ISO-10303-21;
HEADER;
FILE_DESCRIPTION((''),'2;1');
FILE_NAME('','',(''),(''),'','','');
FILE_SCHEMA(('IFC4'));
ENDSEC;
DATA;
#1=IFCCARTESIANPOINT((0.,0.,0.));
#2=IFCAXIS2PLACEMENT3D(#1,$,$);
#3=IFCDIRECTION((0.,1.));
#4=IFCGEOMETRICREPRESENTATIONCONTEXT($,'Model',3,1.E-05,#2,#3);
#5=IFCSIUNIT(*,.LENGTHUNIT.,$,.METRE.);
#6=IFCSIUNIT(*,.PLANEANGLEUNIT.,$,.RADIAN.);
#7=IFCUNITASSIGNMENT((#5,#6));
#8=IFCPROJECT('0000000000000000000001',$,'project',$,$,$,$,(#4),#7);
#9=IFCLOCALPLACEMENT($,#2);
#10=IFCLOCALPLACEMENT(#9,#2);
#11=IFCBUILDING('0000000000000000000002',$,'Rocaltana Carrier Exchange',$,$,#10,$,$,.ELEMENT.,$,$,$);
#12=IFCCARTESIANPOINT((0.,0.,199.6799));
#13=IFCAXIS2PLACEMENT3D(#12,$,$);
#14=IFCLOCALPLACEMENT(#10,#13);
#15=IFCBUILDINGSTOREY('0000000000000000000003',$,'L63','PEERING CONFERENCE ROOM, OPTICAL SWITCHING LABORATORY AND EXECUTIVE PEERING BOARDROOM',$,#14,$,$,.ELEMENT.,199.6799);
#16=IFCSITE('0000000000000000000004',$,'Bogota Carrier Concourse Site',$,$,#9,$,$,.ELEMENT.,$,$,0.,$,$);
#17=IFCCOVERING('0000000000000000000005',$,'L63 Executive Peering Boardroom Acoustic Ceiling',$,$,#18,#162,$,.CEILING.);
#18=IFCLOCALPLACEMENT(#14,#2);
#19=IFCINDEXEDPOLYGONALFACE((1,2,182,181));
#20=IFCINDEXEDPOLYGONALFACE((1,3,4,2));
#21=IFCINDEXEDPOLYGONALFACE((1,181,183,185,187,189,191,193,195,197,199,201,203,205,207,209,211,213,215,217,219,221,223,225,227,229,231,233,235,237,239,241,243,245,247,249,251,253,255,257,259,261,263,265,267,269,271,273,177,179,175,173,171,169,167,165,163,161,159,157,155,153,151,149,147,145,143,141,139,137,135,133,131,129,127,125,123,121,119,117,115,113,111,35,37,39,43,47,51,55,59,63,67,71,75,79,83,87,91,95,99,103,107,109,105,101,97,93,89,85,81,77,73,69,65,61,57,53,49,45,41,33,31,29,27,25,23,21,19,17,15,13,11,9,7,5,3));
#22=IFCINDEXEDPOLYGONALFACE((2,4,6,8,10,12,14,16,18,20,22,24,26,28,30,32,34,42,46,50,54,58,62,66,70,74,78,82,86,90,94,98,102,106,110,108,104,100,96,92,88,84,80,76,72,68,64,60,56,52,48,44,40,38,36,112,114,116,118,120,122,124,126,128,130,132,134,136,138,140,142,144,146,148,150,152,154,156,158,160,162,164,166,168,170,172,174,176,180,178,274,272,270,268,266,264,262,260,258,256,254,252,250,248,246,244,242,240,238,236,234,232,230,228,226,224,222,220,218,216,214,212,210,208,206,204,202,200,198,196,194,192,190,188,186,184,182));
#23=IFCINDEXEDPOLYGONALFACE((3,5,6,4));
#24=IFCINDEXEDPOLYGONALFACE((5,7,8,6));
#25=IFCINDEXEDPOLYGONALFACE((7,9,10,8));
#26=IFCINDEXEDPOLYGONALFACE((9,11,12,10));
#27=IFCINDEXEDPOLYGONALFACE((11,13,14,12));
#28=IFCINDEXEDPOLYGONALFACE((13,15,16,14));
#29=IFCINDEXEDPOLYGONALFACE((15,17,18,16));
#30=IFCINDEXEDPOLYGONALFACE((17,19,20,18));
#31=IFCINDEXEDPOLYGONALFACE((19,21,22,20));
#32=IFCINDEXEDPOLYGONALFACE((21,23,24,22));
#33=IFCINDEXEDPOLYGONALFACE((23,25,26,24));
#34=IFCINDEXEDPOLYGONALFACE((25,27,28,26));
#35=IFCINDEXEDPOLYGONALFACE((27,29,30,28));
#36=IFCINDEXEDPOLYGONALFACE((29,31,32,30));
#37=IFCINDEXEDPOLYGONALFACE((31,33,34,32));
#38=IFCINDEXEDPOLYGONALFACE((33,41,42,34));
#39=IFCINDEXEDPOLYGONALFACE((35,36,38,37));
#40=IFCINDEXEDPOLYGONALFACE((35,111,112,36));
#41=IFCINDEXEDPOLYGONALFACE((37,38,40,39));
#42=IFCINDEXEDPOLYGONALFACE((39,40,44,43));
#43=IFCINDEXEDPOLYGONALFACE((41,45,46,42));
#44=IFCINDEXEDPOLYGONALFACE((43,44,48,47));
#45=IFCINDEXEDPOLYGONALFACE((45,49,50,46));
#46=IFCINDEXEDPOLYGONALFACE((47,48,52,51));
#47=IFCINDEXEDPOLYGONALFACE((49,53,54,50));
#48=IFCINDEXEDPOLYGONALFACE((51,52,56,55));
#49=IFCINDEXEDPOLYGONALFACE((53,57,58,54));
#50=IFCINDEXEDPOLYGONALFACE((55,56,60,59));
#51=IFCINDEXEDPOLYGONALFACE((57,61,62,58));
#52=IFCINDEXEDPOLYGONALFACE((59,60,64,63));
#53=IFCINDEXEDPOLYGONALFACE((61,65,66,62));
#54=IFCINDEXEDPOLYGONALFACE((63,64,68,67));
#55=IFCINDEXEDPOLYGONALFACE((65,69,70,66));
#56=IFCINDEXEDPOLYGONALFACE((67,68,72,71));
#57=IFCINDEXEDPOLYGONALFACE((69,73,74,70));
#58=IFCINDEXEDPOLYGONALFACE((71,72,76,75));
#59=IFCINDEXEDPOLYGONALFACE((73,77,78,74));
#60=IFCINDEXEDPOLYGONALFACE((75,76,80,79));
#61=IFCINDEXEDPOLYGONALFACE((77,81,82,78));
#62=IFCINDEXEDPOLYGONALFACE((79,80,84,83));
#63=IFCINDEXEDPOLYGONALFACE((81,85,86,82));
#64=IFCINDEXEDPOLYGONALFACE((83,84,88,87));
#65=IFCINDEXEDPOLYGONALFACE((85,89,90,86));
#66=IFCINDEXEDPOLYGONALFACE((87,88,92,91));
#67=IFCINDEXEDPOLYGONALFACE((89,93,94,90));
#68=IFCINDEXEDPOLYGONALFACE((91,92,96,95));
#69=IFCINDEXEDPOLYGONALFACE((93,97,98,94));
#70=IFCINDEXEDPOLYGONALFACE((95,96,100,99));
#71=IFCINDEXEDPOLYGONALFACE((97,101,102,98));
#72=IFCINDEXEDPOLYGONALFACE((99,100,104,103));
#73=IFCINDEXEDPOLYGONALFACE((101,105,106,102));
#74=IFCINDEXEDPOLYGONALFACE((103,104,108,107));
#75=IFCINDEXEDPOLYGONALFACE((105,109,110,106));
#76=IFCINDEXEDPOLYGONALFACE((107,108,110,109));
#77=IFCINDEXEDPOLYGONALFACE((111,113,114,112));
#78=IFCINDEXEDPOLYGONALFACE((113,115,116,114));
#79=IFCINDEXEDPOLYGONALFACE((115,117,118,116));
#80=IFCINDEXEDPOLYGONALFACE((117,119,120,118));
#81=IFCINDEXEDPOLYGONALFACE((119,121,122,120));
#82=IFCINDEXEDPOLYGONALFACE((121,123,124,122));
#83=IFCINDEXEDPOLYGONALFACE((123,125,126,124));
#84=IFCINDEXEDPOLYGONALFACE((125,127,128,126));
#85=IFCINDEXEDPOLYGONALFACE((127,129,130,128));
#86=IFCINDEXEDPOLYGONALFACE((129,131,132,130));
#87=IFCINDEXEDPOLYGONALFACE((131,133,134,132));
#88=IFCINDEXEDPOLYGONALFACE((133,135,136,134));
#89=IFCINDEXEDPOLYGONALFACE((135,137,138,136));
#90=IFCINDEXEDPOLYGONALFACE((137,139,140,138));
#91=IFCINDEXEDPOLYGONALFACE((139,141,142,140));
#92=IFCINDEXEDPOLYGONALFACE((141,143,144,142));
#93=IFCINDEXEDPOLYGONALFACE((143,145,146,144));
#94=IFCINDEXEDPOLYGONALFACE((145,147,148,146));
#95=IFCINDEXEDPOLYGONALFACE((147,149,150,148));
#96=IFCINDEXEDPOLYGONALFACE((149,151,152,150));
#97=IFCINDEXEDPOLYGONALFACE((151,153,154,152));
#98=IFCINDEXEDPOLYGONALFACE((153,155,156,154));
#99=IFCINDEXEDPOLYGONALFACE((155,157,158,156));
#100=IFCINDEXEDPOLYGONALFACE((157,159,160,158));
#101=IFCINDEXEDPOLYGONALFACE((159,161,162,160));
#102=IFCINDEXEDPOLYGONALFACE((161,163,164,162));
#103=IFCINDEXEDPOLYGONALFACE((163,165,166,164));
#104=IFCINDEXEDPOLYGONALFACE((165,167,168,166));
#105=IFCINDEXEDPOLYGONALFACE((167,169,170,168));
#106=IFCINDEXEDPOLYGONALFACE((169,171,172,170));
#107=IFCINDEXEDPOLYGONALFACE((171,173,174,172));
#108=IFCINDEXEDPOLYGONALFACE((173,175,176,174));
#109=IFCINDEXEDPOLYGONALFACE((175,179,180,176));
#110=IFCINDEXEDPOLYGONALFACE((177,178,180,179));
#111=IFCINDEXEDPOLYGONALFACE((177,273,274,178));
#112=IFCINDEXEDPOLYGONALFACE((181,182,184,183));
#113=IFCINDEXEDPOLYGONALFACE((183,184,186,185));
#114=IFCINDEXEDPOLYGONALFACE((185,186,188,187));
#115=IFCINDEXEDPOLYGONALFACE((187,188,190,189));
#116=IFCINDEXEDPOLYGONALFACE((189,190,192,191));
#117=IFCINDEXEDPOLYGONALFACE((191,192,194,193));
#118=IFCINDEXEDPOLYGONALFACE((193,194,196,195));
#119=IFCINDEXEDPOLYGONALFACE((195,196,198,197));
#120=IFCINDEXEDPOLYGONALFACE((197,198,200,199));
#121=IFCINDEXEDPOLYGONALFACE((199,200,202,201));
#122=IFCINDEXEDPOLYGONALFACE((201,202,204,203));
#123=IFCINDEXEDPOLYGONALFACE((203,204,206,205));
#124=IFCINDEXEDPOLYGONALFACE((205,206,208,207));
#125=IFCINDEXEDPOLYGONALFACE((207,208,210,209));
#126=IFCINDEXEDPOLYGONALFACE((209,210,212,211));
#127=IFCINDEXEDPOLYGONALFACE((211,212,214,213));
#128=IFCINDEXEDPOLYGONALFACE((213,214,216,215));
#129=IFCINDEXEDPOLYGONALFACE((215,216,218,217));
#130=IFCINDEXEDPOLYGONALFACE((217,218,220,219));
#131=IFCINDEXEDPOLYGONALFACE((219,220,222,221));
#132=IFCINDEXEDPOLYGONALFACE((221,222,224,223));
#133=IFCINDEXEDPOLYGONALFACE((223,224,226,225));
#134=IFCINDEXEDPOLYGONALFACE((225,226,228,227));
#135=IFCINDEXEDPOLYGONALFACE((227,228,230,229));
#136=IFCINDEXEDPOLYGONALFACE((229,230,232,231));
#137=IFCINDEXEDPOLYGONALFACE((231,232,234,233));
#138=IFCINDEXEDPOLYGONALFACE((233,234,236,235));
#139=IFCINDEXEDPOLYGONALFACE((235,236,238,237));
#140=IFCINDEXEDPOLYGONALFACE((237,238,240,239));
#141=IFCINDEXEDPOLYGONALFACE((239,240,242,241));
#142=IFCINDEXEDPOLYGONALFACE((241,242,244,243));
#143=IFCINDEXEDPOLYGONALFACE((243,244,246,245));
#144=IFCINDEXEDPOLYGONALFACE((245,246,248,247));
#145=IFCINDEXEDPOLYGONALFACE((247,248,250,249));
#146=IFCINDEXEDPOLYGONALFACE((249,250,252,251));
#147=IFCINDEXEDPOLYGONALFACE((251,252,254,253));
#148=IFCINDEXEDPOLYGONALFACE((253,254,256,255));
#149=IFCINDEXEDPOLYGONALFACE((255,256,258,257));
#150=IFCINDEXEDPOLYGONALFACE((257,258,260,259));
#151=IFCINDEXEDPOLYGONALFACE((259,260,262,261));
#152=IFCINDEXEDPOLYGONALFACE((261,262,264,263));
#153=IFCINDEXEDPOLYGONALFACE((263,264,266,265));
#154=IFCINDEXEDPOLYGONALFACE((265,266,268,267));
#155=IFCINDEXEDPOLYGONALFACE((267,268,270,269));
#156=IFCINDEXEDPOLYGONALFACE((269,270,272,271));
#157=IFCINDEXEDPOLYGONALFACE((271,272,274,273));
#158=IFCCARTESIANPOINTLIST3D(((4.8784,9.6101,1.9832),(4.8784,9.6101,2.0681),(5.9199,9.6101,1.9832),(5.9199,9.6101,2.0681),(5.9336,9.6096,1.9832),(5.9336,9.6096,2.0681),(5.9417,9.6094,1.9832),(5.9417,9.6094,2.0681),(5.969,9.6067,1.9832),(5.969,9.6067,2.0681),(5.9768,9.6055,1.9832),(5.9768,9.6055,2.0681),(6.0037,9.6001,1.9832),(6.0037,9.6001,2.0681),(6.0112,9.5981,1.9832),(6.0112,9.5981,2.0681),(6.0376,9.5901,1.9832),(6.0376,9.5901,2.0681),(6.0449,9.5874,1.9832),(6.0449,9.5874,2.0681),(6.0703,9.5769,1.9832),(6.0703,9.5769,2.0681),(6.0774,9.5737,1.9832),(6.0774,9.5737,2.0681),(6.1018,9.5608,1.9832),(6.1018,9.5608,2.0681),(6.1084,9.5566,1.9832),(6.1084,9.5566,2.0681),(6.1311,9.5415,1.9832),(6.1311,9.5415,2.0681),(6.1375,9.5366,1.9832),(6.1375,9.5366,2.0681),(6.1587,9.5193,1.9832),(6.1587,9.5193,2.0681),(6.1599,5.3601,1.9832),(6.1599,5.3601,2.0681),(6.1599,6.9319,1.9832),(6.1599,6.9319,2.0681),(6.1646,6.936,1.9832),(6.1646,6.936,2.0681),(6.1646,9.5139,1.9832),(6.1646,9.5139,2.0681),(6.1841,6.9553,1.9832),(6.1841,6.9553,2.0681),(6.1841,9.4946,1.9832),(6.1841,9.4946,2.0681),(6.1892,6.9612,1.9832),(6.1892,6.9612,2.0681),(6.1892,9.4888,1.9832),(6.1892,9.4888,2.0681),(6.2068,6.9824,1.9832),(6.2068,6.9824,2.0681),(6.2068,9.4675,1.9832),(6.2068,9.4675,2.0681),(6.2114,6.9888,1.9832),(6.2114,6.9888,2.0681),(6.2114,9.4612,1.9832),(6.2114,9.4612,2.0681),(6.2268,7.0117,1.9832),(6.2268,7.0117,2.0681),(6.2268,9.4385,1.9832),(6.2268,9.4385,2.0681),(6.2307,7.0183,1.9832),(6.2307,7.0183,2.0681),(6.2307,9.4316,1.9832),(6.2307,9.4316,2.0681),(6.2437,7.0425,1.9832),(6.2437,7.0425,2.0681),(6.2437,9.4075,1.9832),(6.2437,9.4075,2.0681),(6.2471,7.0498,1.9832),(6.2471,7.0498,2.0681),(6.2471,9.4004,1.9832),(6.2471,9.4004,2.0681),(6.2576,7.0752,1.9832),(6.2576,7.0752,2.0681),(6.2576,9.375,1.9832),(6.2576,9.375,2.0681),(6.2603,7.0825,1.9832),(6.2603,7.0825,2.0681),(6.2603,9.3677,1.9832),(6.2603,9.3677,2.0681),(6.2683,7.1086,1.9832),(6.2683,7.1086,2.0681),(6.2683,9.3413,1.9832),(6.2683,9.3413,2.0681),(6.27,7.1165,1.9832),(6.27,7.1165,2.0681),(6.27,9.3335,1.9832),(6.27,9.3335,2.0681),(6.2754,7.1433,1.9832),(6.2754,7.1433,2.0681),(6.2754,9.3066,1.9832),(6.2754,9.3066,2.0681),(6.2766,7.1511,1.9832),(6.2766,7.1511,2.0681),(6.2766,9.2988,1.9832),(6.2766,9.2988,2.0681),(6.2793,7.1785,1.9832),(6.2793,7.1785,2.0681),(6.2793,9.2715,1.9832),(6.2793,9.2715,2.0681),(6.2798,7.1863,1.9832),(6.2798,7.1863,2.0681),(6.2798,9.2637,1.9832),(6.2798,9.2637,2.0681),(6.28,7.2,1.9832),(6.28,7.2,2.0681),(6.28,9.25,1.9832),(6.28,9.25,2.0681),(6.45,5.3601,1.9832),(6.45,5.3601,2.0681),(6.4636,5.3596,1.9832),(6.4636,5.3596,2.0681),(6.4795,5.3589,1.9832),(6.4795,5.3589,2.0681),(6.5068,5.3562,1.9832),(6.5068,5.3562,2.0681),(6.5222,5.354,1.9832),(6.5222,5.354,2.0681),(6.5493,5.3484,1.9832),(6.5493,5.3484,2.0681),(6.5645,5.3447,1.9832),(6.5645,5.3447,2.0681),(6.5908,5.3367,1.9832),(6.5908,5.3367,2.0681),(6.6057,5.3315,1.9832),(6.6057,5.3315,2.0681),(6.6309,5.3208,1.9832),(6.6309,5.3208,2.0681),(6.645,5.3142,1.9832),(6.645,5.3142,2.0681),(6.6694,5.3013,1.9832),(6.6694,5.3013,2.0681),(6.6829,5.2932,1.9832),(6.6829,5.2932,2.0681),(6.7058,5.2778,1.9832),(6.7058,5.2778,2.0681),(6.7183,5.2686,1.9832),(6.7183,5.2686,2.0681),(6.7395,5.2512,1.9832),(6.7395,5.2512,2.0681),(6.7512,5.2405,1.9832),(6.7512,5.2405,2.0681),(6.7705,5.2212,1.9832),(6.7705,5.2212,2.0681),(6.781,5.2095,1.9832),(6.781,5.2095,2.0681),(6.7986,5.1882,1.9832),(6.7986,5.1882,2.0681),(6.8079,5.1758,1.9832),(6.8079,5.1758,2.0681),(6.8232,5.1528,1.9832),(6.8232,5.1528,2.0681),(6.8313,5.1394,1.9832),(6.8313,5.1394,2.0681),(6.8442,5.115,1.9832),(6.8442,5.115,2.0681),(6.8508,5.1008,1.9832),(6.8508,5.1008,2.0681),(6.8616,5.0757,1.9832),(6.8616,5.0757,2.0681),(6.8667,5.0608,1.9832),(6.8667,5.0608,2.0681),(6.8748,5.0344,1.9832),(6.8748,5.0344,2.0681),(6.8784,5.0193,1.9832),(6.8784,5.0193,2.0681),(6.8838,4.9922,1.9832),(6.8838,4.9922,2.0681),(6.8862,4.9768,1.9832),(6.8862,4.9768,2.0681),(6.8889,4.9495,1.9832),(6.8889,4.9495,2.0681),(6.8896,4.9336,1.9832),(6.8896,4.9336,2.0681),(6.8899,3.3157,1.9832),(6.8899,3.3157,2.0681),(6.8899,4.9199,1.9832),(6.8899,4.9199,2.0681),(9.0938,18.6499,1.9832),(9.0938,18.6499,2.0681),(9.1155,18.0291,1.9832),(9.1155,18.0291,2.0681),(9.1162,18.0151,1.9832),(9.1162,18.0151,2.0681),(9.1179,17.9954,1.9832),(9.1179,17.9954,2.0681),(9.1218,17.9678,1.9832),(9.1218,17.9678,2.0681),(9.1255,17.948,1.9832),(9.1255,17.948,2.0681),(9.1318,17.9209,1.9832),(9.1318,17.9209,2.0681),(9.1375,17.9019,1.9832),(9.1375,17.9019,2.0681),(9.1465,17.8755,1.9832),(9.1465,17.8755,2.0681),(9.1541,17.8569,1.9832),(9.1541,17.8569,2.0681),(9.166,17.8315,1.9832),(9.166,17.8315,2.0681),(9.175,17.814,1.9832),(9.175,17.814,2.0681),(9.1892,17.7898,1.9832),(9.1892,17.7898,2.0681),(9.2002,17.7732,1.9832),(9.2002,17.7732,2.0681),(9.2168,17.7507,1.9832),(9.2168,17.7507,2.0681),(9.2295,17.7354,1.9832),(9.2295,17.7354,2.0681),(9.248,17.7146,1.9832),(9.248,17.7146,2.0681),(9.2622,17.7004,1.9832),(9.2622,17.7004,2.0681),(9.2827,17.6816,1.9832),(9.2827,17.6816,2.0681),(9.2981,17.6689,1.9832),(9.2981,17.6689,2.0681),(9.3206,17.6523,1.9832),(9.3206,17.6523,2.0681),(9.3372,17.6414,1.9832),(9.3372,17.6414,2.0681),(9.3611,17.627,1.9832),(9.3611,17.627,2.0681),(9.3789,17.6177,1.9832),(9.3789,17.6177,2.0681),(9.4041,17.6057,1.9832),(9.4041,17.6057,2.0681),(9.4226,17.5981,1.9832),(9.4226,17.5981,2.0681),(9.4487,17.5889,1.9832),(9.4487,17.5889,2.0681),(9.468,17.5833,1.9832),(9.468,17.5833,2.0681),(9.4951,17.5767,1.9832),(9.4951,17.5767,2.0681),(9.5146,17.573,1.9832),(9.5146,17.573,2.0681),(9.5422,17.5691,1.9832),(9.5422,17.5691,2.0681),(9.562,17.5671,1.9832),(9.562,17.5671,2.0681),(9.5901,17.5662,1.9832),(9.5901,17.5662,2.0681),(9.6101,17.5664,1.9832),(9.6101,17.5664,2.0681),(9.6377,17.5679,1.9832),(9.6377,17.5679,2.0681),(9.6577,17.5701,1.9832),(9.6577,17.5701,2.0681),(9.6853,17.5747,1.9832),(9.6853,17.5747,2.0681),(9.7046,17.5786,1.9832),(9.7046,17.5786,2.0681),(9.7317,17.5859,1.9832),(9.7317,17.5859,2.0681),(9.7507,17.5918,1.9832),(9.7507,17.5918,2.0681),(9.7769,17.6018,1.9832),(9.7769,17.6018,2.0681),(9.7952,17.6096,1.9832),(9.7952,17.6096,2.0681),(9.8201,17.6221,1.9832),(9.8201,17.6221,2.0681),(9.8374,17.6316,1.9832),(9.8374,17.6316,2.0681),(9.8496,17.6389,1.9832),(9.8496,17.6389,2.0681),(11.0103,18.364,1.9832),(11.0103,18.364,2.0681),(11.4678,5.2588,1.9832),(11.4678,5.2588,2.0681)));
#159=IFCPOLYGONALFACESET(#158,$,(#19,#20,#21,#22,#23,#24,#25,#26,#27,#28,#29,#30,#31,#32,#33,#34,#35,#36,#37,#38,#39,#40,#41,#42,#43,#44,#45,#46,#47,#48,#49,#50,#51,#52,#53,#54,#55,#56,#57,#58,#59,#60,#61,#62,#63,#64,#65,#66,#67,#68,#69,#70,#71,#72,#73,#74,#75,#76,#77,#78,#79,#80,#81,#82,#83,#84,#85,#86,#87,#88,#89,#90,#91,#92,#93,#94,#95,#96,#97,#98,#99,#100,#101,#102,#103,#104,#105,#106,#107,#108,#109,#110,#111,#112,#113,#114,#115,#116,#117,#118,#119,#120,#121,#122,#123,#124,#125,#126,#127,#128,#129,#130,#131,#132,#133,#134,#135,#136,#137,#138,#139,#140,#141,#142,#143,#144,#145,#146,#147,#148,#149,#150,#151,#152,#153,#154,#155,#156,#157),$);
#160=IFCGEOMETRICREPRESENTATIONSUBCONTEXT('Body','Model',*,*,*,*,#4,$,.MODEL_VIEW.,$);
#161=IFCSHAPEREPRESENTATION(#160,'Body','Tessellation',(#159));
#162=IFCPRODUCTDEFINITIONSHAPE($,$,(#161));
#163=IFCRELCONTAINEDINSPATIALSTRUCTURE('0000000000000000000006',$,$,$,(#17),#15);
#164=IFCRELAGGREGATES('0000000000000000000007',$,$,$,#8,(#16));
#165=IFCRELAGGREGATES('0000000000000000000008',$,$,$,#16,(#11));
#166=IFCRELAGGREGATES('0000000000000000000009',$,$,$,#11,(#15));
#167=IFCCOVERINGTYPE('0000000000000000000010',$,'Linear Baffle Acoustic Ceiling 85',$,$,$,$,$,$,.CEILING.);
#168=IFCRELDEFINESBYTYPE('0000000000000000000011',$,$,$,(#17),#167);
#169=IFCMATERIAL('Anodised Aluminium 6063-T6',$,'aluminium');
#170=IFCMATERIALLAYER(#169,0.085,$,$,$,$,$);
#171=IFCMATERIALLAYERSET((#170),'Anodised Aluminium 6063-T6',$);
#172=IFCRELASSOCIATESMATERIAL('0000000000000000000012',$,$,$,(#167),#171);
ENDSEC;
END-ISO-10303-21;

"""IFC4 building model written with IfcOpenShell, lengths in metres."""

from ifc_helpers import new_model, si_unit, direction, frame, origin, place, context, subcontext, project, spatial, polyline, outline, extrude, material, layer, layer_set, type_object, element, save


model = new_model("IFC4")

# Units and contexts
model_context = context("Model", 3, precision=1e-05, world=origin(), true_north=direction((0.0, 1.0)))
body_context = subcontext(model_context, "Body", "Model", "MODEL_VIEW")
ifc_project = project(units=[si_unit("LENGTHUNIT", "METRE"), si_unit("PLANEANGLEUNIT", "RADIAN")], contexts=[model_context])

# Site, building, storey
site_placement = place(None, origin())
site = spatial("IfcSite", under=ifc_project, at=site_placement, Name="Bogota Carrier Concourse Site", CompositionType="ELEMENT", RefElevation=0.0)
building_placement = place(site_placement, origin())
building = spatial("IfcBuilding", under=site, at=building_placement, Name="Rocaltana Carrier Exchange", CompositionType="ELEMENT")
storey_placement = place(building_placement, frame((0.0, 0.0, 199.6799)))
storey = spatial("IfcBuildingStorey", under=building, at=storey_placement, Name="L63", Description="PEERING CONFERENCE ROOM, OPTICAL SWITCHING LABORATORY AND EXECUTIVE PEERING BOARDROOM", CompositionType="ELEMENT", Elevation=199.6799)

# Covering
ifc_material_1 = material(Name="Anodised Aluminium 6063-T6", Category="aluminium")
ifc_layer_1 = layer(ifc_material_1, 0.085)
ifc_layer_set_1 = layer_set([ifc_layer_1], Name="Anodised Aluminium 6063-T6")
covering_type_1 = type_object("IfcCoveringType", Name="Linear Baffle Acoustic Ceiling 85", PredefinedType="CEILING", material=ifc_layer_set_1)
covering_1_placement = place(storey_placement, frame((0.0, 0.0, 1.9832)))
element("IfcCovering", 1, at=covering_1_placement, inside=storey, type_object=covering_type_1, Name="L63 Executive Peering Boardroom Acoustic Ceiling", PredefinedType="CEILING", context=body_context, shape_type="SweptSolid", body=[
    extrude(outline(polyline([(6.1599, 6.9319), (6.1646, 6.936), (6.1841, 6.9553), (6.1892, 6.9612), (6.2068, 6.9824), (6.2114, 6.9888), (6.2268, 7.0117), (6.2307, 7.0183), (6.2437, 7.0425), (6.2471, 7.0498), (6.2576, 7.0752), (6.2603, 7.0825), (6.2683, 7.1086), (6.27, 7.1165), (6.2754, 7.1433), (6.2766, 7.1511), (6.2793, 7.1785), (6.2798, 7.1863), (6.28, 7.2), (6.28, 9.25), (6.2798, 9.2637), (6.2793, 9.2715), (6.2766, 9.2988), (6.2754, 9.3066), (6.27, 9.3335), (6.2683, 9.3413), (6.2603, 9.3677), (6.2576, 9.375), (6.2471, 9.4004), (6.2437, 9.4075), (6.2307, 9.4316), (6.2268, 9.4385), (6.2114, 9.4612), (6.2068, 9.4675), (6.1892, 9.4888), (6.1841, 9.4946), (6.1646, 9.5139), (6.1587, 9.5193), (6.1375, 9.5366), (6.1311, 9.5415), (6.1084, 9.5566), (6.1018, 9.5608), (6.0774, 9.5737), (6.0703, 9.5769), (6.0449, 9.5874), (6.0376, 9.5901), (6.0112, 9.5981), (6.0037, 9.6001), (5.9768, 9.6055), (5.969, 9.6067), (5.9417, 9.6094), (5.9336, 9.6096), (5.9199, 9.6101), (4.8784, 9.6101), (9.0938, 18.6499), (9.1155, 18.0291), (9.1162, 18.0151), (9.1179, 17.9954), (9.1218, 17.9678), (9.1255, 17.948), (9.1318, 17.9209), (9.1375, 17.9019), (9.1465, 17.8755), (9.1541, 17.8569), (9.166, 17.8315), (9.175, 17.814), (9.1892, 17.7898), (9.2002, 17.7732), (9.2168, 17.7507), (9.2295, 17.7354), (9.248, 17.7146), (9.2622, 17.7004), (9.2827, 17.6816), (9.2981, 17.6689), (9.3206, 17.6523), (9.3372, 17.6414), (9.3611, 17.627), (9.3789, 17.6177), (9.4041, 17.6057), (9.4226, 17.5981), (9.4487, 17.5889), (9.468, 17.5833), (9.4951, 17.5767), (9.5146, 17.573), (9.5422, 17.5691), (9.562, 17.5671), (9.5901, 17.5662), (9.6101, 17.5664), (9.6377, 17.5679), (9.6577, 17.5701), (9.6853, 17.5747), (9.7046, 17.5786), (9.7317, 17.5859), (9.7507, 17.5918), (9.7769, 17.6018), (9.7952, 17.6096), (9.8201, 17.6221), (9.8374, 17.6316), (9.8496, 17.6389), (11.0103, 18.364), (11.4678, 5.2588), (6.8899, 3.3157), (6.8899, 4.9199), (6.8896, 4.9336), (6.8889, 4.9495), (6.8862, 4.9768), (6.8838, 4.9922), (6.8784, 5.0193), (6.8748, 5.0344), (6.8667, 5.0608), (6.8616, 5.0757), (6.8508, 5.1008), (6.8442, 5.115), (6.8313, 5.1394), (6.8232, 5.1528), (6.8079, 5.1758), (6.7986, 5.1882), (6.781, 5.2095), (6.7705, 5.2212), (6.7512, 5.2405), (6.7395, 5.2512), (6.7183, 5.2686), (6.7058, 5.2778), (6.6829, 5.2932), (6.6694, 5.3013), (6.645, 5.3142), (6.6309, 5.3208), (6.6057, 5.3315), (6.5908, 5.3367), (6.5645, 5.3447), (6.5493, 5.3484), (6.5222, 5.354), (6.5068, 5.3562), (6.4795, 5.3589), (6.4636, 5.3596), (6.45, 5.3601), (6.1599, 5.3601), (6.1599, 6.9319)])), origin(), (0.0, 0.0, 1.0), 0.085),
])

save(model, "model.ifc")
